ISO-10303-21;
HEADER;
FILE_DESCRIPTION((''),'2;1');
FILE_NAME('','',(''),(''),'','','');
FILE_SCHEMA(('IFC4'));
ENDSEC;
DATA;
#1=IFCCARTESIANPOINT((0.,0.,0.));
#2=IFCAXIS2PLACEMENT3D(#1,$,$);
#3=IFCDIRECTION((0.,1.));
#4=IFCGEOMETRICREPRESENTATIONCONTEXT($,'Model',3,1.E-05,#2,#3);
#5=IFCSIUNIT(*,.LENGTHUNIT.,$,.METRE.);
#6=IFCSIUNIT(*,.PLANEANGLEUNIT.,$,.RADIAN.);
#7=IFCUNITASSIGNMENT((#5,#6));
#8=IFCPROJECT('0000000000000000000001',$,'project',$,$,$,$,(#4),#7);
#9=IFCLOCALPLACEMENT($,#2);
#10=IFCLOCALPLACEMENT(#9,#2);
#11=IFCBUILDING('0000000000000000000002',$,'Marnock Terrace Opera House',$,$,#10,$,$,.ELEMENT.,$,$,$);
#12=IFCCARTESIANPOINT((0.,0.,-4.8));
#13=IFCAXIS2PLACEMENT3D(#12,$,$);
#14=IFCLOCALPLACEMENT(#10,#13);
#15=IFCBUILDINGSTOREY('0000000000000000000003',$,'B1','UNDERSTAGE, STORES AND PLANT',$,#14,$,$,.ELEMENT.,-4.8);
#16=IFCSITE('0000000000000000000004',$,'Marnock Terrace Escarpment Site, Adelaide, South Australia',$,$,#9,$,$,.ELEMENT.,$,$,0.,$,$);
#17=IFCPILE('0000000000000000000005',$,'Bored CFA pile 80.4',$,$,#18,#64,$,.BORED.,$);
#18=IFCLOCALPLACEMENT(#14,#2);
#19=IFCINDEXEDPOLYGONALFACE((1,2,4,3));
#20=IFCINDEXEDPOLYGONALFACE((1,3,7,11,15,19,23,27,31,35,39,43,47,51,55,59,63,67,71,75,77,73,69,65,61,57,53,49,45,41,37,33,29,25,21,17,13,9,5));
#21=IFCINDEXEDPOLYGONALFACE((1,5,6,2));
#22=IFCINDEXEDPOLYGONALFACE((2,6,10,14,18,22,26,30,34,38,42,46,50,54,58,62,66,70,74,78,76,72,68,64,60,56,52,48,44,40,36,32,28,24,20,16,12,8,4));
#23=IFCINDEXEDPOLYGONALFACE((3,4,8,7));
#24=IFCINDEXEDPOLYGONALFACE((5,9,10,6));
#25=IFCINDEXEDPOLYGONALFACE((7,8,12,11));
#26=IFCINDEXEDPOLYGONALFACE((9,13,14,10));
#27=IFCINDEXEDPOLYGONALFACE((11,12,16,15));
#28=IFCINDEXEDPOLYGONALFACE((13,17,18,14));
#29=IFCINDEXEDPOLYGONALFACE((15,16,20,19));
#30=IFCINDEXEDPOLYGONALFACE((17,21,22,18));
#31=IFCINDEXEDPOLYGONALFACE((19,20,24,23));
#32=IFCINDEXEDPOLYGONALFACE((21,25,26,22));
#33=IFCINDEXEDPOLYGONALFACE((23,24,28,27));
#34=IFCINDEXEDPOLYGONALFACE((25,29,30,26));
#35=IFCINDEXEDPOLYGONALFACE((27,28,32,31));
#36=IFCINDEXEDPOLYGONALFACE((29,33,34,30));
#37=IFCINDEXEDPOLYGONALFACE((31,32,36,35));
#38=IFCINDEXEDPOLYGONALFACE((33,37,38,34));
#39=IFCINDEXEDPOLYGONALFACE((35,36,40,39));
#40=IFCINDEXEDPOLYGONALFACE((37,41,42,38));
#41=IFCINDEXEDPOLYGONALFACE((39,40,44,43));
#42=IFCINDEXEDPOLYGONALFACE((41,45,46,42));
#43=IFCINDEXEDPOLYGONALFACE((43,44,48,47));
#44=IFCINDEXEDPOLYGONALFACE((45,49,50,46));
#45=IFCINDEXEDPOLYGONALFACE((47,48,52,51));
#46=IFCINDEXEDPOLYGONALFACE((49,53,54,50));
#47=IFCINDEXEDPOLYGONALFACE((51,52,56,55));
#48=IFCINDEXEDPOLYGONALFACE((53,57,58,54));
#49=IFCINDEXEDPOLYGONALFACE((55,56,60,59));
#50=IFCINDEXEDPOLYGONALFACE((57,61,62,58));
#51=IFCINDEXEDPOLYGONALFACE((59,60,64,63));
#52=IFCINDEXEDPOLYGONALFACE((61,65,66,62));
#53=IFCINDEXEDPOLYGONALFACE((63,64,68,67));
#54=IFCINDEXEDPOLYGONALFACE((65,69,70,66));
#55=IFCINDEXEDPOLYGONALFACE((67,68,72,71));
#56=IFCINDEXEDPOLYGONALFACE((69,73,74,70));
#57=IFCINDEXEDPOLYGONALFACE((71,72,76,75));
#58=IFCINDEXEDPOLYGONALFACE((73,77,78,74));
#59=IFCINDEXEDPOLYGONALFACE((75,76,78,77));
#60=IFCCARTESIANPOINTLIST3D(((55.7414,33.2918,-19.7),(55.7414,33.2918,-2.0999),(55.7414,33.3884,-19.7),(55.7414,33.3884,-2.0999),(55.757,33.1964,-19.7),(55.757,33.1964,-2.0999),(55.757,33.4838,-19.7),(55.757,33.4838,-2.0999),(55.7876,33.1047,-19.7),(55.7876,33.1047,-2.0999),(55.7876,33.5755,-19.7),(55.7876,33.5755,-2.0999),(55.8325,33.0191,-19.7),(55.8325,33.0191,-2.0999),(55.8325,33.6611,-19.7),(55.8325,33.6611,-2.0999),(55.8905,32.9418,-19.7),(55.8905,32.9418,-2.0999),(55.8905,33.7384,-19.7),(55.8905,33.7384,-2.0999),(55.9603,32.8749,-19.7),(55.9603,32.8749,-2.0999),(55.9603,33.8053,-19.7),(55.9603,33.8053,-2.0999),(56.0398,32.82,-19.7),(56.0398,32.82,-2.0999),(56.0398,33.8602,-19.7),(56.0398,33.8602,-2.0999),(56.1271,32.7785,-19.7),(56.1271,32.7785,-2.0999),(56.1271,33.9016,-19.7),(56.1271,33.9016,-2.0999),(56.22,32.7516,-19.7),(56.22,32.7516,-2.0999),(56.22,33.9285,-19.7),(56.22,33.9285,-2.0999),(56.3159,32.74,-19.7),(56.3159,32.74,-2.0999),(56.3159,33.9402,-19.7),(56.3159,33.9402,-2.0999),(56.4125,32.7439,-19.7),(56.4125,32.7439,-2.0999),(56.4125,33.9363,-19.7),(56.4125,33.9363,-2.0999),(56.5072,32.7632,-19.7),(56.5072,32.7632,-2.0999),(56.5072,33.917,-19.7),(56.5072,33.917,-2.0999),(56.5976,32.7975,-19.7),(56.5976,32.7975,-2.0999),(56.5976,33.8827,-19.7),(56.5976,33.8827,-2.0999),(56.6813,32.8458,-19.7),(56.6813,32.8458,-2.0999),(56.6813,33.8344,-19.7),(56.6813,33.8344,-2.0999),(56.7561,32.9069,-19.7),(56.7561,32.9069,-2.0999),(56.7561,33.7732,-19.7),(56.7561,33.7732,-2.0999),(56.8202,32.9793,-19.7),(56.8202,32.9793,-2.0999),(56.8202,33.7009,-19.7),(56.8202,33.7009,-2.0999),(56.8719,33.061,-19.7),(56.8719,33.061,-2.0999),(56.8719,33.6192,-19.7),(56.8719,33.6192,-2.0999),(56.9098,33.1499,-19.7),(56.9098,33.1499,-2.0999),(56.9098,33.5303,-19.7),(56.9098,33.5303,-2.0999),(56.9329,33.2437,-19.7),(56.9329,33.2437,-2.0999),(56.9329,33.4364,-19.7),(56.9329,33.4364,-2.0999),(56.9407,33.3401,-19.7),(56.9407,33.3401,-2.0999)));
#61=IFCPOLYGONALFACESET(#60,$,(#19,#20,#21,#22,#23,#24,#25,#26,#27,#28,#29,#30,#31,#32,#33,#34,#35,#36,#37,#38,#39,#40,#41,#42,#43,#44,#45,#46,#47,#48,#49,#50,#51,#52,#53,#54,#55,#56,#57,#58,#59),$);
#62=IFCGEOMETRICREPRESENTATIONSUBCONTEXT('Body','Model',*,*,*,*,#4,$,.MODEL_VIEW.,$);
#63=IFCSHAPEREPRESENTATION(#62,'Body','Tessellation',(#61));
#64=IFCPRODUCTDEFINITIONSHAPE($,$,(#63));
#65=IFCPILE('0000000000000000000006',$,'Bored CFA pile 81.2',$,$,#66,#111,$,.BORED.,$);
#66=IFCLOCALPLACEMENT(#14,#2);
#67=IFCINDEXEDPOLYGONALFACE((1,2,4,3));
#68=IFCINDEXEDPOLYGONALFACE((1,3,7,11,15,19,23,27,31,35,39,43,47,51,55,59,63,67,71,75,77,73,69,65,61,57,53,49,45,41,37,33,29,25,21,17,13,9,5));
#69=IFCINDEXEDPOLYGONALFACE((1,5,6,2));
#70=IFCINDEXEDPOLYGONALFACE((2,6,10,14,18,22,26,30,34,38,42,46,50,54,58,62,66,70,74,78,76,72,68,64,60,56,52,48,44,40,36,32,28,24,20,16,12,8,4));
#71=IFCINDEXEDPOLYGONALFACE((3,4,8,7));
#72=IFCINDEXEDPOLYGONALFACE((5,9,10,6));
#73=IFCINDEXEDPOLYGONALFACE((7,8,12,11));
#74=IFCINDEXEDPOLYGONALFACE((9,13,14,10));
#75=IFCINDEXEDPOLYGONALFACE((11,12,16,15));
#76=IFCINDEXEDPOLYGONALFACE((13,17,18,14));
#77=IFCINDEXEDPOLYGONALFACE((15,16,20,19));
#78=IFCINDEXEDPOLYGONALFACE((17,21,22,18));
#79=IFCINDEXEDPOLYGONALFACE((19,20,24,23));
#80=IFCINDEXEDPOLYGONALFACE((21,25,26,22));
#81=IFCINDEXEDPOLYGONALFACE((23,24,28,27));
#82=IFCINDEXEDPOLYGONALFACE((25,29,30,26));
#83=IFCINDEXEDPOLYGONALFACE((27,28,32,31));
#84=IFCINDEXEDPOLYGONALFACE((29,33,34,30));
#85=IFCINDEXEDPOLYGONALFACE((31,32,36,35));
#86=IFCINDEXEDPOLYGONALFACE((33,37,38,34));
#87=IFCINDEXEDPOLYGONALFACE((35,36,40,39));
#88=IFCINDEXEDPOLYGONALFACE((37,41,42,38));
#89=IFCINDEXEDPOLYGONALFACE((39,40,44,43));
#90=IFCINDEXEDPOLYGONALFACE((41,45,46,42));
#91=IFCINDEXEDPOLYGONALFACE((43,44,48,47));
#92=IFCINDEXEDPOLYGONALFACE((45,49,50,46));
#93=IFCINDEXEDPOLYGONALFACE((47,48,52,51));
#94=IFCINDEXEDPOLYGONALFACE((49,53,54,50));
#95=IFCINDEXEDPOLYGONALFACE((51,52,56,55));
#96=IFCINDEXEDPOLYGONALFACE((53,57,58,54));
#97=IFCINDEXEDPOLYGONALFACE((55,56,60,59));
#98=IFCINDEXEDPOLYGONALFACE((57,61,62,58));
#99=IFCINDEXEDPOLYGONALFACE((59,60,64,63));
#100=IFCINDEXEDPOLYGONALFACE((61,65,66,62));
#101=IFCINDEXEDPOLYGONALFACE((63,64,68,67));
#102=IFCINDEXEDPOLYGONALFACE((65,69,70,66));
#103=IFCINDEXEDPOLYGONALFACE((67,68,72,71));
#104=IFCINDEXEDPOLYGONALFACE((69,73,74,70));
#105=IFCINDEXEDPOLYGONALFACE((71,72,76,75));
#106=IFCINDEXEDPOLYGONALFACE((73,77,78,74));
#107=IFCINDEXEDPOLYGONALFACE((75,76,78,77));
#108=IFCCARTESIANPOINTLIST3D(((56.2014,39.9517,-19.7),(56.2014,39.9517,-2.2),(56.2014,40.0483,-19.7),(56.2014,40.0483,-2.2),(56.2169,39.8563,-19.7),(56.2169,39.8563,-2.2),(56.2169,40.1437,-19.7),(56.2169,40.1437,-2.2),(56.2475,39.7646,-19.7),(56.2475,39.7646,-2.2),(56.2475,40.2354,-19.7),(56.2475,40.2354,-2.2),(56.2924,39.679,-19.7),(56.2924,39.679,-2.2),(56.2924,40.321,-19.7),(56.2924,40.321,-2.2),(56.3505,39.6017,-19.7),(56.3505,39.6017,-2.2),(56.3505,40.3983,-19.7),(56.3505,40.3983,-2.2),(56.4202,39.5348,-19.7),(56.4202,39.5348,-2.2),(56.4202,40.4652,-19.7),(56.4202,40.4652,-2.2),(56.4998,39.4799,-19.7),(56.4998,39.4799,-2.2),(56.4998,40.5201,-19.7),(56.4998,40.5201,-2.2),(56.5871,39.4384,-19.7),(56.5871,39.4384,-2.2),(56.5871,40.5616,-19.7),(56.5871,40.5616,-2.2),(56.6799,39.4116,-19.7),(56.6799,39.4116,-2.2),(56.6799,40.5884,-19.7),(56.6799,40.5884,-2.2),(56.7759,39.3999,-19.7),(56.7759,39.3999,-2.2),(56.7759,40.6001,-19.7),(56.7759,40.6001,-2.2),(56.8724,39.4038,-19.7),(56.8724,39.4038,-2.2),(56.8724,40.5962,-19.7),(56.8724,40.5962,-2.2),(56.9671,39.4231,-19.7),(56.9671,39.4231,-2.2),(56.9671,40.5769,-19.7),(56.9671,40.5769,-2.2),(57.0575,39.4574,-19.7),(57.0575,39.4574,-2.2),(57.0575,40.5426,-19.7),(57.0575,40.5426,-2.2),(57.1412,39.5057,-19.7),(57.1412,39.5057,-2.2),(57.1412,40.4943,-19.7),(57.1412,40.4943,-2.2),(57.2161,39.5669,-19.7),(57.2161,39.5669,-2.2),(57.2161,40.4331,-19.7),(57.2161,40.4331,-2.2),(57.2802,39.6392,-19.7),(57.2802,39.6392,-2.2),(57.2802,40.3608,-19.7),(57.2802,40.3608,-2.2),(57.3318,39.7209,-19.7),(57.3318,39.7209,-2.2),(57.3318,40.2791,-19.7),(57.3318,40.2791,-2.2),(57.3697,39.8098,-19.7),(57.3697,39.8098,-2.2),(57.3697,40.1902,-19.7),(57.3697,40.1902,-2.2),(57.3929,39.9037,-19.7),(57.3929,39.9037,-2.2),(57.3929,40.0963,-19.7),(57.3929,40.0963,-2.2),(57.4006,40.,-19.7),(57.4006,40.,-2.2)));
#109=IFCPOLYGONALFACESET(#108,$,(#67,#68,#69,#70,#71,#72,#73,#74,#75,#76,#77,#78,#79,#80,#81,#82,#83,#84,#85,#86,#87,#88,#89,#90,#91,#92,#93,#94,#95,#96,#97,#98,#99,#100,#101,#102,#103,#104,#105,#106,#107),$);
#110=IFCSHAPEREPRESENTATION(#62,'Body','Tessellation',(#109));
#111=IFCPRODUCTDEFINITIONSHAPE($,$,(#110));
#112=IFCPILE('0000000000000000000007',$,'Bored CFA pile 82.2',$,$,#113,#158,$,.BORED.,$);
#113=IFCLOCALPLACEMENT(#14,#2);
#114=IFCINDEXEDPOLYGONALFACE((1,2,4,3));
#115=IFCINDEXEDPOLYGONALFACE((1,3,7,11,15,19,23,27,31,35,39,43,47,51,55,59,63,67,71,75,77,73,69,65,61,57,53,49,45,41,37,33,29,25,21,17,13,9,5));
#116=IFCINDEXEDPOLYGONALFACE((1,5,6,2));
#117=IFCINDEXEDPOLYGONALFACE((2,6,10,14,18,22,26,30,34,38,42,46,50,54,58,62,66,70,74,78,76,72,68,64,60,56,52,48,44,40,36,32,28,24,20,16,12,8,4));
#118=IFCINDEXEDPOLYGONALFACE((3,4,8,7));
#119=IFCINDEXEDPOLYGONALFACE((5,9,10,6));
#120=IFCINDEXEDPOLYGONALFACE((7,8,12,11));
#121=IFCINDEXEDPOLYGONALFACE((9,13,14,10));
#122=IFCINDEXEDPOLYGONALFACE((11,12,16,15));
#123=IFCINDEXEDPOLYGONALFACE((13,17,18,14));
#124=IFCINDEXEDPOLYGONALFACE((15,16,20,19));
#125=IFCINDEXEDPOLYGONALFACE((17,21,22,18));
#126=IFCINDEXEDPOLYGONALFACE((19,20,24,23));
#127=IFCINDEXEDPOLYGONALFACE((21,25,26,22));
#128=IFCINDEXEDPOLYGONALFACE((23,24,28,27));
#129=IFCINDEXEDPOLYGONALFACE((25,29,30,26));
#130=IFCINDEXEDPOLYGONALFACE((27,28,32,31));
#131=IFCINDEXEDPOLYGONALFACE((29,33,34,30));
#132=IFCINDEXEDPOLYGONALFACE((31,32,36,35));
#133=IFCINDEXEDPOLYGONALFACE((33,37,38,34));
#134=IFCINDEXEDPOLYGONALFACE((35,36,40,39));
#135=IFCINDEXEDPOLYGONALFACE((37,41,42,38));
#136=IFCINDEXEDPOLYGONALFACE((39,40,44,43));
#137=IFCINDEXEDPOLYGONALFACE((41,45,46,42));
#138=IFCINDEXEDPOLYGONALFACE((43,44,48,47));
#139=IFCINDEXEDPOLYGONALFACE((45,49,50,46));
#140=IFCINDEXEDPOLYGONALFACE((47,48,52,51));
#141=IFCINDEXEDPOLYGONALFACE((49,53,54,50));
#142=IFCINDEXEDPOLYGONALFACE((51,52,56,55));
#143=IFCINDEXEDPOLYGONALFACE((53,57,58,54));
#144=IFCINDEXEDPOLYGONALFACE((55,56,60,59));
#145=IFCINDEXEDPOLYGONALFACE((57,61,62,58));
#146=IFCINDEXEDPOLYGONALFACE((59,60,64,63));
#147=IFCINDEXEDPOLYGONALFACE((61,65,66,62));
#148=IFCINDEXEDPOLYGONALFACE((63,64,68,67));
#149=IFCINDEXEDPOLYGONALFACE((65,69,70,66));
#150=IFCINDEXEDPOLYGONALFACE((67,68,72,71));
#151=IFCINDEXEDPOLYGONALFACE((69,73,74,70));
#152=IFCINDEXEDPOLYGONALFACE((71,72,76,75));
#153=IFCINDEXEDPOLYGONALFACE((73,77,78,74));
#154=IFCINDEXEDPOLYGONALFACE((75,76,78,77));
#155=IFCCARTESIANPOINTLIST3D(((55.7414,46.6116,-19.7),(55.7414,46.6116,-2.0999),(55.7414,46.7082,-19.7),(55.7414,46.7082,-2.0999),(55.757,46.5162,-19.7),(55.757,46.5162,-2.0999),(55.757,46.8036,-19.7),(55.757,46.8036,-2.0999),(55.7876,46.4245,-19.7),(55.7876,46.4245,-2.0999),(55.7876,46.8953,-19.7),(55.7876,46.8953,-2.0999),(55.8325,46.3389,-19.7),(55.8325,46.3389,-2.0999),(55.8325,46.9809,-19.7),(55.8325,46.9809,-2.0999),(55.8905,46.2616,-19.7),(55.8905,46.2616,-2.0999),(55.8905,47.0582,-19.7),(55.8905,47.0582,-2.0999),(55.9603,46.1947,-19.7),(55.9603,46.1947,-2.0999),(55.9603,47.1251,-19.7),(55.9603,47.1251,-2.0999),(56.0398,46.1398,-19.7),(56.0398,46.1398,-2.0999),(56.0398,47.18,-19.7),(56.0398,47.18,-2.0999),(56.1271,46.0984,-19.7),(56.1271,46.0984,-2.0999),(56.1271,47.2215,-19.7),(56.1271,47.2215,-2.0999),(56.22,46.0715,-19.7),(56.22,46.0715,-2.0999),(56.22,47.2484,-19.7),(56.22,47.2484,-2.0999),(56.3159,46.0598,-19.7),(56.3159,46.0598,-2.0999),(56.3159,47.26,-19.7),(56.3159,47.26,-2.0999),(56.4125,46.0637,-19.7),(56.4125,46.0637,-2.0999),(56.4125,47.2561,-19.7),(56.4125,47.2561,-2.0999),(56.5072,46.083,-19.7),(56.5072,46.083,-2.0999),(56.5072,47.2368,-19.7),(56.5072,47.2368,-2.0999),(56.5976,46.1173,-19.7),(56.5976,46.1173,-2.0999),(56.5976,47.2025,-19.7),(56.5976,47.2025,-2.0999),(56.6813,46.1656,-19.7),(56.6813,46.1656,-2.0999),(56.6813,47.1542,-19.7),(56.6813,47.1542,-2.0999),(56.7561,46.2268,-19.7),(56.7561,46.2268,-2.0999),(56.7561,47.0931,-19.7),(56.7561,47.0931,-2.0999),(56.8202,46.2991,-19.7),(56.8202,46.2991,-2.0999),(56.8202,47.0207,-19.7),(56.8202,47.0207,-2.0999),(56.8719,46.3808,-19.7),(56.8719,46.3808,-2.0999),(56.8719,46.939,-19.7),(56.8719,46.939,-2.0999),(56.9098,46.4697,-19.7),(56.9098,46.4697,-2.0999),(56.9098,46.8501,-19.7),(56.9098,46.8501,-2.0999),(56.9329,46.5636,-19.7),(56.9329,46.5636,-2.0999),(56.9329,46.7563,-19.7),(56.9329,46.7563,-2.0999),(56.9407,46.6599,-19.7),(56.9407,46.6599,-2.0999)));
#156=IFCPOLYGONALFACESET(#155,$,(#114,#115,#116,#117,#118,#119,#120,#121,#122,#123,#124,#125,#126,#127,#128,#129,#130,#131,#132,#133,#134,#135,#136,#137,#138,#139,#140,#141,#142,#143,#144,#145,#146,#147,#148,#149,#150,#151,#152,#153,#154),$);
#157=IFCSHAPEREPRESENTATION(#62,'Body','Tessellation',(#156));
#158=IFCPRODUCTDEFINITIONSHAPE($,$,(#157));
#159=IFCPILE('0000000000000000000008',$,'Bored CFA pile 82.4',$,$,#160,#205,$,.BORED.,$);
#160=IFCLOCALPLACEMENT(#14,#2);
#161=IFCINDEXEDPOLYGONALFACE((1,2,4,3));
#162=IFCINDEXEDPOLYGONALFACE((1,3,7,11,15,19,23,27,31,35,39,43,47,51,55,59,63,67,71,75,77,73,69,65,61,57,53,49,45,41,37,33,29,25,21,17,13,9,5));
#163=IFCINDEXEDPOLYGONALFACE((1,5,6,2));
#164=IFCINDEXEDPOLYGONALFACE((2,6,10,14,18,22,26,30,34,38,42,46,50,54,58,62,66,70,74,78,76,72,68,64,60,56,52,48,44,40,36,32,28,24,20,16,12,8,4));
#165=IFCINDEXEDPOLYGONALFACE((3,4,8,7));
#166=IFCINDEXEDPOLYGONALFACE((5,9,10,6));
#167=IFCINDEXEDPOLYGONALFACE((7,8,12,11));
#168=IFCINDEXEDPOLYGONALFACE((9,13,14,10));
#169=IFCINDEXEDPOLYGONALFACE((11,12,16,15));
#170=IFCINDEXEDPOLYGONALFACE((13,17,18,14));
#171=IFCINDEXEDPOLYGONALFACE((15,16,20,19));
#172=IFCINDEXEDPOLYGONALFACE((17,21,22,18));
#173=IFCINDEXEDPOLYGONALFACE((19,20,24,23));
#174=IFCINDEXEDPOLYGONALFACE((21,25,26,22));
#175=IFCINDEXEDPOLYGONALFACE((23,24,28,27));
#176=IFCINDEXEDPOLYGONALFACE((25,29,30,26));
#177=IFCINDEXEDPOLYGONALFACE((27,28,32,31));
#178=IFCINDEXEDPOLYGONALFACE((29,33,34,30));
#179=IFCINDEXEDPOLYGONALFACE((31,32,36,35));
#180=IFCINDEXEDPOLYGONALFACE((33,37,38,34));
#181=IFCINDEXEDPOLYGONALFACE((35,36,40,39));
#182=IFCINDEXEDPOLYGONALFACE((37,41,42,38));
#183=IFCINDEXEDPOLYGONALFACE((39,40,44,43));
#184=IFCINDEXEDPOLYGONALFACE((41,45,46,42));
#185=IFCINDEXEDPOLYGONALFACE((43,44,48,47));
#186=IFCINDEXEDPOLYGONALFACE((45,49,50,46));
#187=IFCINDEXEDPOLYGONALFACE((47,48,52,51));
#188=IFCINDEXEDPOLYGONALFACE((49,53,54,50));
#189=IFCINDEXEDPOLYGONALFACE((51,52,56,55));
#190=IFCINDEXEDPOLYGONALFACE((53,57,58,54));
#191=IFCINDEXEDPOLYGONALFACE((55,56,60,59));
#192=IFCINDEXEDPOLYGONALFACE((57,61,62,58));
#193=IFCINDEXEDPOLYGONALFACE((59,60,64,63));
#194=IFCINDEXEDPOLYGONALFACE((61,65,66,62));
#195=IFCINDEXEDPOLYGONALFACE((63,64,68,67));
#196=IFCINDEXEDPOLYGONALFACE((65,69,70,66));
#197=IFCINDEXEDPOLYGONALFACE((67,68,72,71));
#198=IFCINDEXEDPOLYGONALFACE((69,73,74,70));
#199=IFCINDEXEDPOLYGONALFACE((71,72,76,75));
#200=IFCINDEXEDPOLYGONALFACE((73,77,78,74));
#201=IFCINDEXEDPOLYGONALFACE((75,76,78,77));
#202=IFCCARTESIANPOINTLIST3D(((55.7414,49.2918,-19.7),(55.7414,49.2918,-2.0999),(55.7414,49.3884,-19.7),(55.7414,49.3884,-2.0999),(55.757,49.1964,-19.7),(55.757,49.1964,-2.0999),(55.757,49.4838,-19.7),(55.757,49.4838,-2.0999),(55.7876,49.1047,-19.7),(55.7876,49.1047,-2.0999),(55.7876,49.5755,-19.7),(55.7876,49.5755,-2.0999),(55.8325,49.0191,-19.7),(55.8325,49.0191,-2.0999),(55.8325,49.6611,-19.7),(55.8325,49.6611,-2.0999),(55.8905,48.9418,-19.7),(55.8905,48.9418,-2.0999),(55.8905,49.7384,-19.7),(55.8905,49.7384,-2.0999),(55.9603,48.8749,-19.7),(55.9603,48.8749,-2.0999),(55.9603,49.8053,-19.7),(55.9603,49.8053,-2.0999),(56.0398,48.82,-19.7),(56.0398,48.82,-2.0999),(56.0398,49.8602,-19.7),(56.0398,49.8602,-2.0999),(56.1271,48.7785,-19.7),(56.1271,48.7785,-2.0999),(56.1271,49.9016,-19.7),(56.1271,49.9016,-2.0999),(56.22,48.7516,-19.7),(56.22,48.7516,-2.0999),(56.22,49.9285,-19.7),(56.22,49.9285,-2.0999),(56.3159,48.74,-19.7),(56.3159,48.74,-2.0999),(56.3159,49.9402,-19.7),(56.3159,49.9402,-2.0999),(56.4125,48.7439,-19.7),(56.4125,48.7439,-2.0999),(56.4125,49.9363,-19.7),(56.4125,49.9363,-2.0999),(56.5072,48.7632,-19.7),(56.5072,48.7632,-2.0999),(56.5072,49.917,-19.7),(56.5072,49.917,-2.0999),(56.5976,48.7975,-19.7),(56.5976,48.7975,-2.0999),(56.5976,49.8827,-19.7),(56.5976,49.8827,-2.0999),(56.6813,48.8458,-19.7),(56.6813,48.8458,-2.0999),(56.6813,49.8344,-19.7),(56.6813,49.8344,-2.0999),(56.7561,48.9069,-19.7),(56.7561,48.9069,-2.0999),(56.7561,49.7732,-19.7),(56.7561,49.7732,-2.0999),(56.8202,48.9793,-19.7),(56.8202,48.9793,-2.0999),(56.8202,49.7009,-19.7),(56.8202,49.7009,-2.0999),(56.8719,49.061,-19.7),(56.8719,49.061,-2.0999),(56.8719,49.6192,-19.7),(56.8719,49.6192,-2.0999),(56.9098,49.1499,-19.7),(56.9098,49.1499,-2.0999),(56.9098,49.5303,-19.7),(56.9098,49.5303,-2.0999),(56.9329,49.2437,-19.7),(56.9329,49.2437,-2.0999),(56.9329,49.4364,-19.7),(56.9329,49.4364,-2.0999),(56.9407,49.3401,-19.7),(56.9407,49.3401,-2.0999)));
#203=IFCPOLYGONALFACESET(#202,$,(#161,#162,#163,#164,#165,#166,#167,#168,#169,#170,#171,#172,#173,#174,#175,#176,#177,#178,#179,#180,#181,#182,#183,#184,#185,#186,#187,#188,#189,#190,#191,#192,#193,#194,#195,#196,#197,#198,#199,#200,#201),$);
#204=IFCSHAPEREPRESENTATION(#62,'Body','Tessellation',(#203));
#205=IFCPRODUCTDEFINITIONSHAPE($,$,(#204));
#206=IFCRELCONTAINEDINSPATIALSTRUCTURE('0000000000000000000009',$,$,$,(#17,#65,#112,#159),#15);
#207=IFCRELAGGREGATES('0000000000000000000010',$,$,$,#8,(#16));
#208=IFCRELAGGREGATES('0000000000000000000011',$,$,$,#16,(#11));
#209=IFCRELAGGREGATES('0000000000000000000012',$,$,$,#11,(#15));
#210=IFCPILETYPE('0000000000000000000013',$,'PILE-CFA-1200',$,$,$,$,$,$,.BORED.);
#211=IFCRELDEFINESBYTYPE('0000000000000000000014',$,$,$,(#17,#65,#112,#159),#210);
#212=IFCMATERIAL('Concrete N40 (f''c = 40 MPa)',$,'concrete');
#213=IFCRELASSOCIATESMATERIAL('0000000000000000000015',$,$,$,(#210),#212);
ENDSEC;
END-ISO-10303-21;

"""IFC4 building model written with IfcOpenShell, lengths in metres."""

from ifc_helpers import new_model, si_unit, direction, frame, origin, origin_2d, place, context, subcontext, project, spatial, circle, extrude, material, material_profile, profile_set, type_object, element, save


model = new_model("IFC4")

# Units and contexts
model_context = context("Model", 3, precision=1e-05, world=origin(), true_north=direction((0.0, 1.0)))
body_context = subcontext(model_context, "Body", "Model", "MODEL_VIEW")
ifc_project = project(units=[si_unit("LENGTHUNIT", "METRE"), si_unit("PLANEANGLEUNIT", "RADIAN")], contexts=[model_context])

# Site, building, storey
site_placement = place(None, origin())
site = spatial("IfcSite", under=ifc_project, at=site_placement, Name="Marnock Terrace Escarpment Site, Adelaide, South Australia", CompositionType="ELEMENT", RefElevation=0.0)
building_placement = place(site_placement, origin())
building = spatial("IfcBuilding", under=site, at=building_placement, Name="Marnock Terrace Opera House", CompositionType="ELEMENT")
storey_placement = place(building_placement, frame((0.0, 0.0, -4.8)))
storey = spatial("IfcBuildingStorey", under=building, at=storey_placement, Name="B1", Description="UNDERSTAGE, STORES AND PLANT", CompositionType="ELEMENT", Elevation=-4.8)

# Shared definitions
ifc_material_1 = material(Name="Concrete N40 (f'c = 40 MPa)", Category="concrete")

# Piles
ifc_material_profile_1 = material_profile(ifc_material_1, circle(Radius=0.6006, at=origin_2d()))
ifc_profile_set_1 = profile_set([ifc_material_profile_1], Name="Concrete N40 (f'c = 40 MPa)")
pile_type = type_object("IfcPileType", Name="PILE-CFA-1200", PredefinedType="BORED", material=ifc_profile_set_1)
for number, where, z_axis, x_axis, name in (
    (1, (56.3401, 33.3401, -2.0999), (0.0, 0.0, -1.0), (1.0, 0.0, 0.0), "Bored CFA pile 80.4"),
):
    element("IfcPile", number, at=place(storey_placement, frame(where, z_axis=z_axis, x_axis=x_axis)), inside=storey, type_object=pile_type, Name=name, PredefinedType="BORED", context=body_context, shape_type="SweptSolid", body=[
        extrude(circle(Radius=0.6006, at=origin_2d()), origin(), (0.0, 0.0, 1.0), 17.6001),
    ])
pile_placement = place(storey_placement, frame((56.8, 40.0, -2.2), z_axis=(0.0, 0.0, -1.0), x_axis=(1.0, 0.0, 0.0)))
element("IfcPile", 2, at=pile_placement, inside=storey, type_object=pile_type, Name="Bored CFA pile 81.2", PredefinedType="BORED", context=body_context, shape_type="SweptSolid", body=[
    extrude(circle(Radius=0.6006, at=origin_2d()), origin(), (0.0, 0.0, 1.0), 17.5),
])
for number, where, z_axis, x_axis, name in (
    (3, (56.3401, 46.6599, -2.0999), (0.0, 0.0, -1.0), (1.0, 0.0, 0.0), "Bored CFA pile 82.2"),
    (4, (56.3401, 49.3401, -2.0999), (0.0, 0.0, -1.0), (1.0, 0.0, 0.0), "Bored CFA pile 82.4"),
):
    element("IfcPile", number, at=place(storey_placement, frame(where, z_axis=z_axis, x_axis=x_axis)), inside=storey, type_object=pile_type, Name=name, PredefinedType="BORED", context=body_context, shape_type="SweptSolid", body=[
        extrude(circle(Radius=0.6006, at=origin_2d()), origin(), (0.0, 0.0, 1.0), 17.6001),
    ])

save(model, "model.ifc")
